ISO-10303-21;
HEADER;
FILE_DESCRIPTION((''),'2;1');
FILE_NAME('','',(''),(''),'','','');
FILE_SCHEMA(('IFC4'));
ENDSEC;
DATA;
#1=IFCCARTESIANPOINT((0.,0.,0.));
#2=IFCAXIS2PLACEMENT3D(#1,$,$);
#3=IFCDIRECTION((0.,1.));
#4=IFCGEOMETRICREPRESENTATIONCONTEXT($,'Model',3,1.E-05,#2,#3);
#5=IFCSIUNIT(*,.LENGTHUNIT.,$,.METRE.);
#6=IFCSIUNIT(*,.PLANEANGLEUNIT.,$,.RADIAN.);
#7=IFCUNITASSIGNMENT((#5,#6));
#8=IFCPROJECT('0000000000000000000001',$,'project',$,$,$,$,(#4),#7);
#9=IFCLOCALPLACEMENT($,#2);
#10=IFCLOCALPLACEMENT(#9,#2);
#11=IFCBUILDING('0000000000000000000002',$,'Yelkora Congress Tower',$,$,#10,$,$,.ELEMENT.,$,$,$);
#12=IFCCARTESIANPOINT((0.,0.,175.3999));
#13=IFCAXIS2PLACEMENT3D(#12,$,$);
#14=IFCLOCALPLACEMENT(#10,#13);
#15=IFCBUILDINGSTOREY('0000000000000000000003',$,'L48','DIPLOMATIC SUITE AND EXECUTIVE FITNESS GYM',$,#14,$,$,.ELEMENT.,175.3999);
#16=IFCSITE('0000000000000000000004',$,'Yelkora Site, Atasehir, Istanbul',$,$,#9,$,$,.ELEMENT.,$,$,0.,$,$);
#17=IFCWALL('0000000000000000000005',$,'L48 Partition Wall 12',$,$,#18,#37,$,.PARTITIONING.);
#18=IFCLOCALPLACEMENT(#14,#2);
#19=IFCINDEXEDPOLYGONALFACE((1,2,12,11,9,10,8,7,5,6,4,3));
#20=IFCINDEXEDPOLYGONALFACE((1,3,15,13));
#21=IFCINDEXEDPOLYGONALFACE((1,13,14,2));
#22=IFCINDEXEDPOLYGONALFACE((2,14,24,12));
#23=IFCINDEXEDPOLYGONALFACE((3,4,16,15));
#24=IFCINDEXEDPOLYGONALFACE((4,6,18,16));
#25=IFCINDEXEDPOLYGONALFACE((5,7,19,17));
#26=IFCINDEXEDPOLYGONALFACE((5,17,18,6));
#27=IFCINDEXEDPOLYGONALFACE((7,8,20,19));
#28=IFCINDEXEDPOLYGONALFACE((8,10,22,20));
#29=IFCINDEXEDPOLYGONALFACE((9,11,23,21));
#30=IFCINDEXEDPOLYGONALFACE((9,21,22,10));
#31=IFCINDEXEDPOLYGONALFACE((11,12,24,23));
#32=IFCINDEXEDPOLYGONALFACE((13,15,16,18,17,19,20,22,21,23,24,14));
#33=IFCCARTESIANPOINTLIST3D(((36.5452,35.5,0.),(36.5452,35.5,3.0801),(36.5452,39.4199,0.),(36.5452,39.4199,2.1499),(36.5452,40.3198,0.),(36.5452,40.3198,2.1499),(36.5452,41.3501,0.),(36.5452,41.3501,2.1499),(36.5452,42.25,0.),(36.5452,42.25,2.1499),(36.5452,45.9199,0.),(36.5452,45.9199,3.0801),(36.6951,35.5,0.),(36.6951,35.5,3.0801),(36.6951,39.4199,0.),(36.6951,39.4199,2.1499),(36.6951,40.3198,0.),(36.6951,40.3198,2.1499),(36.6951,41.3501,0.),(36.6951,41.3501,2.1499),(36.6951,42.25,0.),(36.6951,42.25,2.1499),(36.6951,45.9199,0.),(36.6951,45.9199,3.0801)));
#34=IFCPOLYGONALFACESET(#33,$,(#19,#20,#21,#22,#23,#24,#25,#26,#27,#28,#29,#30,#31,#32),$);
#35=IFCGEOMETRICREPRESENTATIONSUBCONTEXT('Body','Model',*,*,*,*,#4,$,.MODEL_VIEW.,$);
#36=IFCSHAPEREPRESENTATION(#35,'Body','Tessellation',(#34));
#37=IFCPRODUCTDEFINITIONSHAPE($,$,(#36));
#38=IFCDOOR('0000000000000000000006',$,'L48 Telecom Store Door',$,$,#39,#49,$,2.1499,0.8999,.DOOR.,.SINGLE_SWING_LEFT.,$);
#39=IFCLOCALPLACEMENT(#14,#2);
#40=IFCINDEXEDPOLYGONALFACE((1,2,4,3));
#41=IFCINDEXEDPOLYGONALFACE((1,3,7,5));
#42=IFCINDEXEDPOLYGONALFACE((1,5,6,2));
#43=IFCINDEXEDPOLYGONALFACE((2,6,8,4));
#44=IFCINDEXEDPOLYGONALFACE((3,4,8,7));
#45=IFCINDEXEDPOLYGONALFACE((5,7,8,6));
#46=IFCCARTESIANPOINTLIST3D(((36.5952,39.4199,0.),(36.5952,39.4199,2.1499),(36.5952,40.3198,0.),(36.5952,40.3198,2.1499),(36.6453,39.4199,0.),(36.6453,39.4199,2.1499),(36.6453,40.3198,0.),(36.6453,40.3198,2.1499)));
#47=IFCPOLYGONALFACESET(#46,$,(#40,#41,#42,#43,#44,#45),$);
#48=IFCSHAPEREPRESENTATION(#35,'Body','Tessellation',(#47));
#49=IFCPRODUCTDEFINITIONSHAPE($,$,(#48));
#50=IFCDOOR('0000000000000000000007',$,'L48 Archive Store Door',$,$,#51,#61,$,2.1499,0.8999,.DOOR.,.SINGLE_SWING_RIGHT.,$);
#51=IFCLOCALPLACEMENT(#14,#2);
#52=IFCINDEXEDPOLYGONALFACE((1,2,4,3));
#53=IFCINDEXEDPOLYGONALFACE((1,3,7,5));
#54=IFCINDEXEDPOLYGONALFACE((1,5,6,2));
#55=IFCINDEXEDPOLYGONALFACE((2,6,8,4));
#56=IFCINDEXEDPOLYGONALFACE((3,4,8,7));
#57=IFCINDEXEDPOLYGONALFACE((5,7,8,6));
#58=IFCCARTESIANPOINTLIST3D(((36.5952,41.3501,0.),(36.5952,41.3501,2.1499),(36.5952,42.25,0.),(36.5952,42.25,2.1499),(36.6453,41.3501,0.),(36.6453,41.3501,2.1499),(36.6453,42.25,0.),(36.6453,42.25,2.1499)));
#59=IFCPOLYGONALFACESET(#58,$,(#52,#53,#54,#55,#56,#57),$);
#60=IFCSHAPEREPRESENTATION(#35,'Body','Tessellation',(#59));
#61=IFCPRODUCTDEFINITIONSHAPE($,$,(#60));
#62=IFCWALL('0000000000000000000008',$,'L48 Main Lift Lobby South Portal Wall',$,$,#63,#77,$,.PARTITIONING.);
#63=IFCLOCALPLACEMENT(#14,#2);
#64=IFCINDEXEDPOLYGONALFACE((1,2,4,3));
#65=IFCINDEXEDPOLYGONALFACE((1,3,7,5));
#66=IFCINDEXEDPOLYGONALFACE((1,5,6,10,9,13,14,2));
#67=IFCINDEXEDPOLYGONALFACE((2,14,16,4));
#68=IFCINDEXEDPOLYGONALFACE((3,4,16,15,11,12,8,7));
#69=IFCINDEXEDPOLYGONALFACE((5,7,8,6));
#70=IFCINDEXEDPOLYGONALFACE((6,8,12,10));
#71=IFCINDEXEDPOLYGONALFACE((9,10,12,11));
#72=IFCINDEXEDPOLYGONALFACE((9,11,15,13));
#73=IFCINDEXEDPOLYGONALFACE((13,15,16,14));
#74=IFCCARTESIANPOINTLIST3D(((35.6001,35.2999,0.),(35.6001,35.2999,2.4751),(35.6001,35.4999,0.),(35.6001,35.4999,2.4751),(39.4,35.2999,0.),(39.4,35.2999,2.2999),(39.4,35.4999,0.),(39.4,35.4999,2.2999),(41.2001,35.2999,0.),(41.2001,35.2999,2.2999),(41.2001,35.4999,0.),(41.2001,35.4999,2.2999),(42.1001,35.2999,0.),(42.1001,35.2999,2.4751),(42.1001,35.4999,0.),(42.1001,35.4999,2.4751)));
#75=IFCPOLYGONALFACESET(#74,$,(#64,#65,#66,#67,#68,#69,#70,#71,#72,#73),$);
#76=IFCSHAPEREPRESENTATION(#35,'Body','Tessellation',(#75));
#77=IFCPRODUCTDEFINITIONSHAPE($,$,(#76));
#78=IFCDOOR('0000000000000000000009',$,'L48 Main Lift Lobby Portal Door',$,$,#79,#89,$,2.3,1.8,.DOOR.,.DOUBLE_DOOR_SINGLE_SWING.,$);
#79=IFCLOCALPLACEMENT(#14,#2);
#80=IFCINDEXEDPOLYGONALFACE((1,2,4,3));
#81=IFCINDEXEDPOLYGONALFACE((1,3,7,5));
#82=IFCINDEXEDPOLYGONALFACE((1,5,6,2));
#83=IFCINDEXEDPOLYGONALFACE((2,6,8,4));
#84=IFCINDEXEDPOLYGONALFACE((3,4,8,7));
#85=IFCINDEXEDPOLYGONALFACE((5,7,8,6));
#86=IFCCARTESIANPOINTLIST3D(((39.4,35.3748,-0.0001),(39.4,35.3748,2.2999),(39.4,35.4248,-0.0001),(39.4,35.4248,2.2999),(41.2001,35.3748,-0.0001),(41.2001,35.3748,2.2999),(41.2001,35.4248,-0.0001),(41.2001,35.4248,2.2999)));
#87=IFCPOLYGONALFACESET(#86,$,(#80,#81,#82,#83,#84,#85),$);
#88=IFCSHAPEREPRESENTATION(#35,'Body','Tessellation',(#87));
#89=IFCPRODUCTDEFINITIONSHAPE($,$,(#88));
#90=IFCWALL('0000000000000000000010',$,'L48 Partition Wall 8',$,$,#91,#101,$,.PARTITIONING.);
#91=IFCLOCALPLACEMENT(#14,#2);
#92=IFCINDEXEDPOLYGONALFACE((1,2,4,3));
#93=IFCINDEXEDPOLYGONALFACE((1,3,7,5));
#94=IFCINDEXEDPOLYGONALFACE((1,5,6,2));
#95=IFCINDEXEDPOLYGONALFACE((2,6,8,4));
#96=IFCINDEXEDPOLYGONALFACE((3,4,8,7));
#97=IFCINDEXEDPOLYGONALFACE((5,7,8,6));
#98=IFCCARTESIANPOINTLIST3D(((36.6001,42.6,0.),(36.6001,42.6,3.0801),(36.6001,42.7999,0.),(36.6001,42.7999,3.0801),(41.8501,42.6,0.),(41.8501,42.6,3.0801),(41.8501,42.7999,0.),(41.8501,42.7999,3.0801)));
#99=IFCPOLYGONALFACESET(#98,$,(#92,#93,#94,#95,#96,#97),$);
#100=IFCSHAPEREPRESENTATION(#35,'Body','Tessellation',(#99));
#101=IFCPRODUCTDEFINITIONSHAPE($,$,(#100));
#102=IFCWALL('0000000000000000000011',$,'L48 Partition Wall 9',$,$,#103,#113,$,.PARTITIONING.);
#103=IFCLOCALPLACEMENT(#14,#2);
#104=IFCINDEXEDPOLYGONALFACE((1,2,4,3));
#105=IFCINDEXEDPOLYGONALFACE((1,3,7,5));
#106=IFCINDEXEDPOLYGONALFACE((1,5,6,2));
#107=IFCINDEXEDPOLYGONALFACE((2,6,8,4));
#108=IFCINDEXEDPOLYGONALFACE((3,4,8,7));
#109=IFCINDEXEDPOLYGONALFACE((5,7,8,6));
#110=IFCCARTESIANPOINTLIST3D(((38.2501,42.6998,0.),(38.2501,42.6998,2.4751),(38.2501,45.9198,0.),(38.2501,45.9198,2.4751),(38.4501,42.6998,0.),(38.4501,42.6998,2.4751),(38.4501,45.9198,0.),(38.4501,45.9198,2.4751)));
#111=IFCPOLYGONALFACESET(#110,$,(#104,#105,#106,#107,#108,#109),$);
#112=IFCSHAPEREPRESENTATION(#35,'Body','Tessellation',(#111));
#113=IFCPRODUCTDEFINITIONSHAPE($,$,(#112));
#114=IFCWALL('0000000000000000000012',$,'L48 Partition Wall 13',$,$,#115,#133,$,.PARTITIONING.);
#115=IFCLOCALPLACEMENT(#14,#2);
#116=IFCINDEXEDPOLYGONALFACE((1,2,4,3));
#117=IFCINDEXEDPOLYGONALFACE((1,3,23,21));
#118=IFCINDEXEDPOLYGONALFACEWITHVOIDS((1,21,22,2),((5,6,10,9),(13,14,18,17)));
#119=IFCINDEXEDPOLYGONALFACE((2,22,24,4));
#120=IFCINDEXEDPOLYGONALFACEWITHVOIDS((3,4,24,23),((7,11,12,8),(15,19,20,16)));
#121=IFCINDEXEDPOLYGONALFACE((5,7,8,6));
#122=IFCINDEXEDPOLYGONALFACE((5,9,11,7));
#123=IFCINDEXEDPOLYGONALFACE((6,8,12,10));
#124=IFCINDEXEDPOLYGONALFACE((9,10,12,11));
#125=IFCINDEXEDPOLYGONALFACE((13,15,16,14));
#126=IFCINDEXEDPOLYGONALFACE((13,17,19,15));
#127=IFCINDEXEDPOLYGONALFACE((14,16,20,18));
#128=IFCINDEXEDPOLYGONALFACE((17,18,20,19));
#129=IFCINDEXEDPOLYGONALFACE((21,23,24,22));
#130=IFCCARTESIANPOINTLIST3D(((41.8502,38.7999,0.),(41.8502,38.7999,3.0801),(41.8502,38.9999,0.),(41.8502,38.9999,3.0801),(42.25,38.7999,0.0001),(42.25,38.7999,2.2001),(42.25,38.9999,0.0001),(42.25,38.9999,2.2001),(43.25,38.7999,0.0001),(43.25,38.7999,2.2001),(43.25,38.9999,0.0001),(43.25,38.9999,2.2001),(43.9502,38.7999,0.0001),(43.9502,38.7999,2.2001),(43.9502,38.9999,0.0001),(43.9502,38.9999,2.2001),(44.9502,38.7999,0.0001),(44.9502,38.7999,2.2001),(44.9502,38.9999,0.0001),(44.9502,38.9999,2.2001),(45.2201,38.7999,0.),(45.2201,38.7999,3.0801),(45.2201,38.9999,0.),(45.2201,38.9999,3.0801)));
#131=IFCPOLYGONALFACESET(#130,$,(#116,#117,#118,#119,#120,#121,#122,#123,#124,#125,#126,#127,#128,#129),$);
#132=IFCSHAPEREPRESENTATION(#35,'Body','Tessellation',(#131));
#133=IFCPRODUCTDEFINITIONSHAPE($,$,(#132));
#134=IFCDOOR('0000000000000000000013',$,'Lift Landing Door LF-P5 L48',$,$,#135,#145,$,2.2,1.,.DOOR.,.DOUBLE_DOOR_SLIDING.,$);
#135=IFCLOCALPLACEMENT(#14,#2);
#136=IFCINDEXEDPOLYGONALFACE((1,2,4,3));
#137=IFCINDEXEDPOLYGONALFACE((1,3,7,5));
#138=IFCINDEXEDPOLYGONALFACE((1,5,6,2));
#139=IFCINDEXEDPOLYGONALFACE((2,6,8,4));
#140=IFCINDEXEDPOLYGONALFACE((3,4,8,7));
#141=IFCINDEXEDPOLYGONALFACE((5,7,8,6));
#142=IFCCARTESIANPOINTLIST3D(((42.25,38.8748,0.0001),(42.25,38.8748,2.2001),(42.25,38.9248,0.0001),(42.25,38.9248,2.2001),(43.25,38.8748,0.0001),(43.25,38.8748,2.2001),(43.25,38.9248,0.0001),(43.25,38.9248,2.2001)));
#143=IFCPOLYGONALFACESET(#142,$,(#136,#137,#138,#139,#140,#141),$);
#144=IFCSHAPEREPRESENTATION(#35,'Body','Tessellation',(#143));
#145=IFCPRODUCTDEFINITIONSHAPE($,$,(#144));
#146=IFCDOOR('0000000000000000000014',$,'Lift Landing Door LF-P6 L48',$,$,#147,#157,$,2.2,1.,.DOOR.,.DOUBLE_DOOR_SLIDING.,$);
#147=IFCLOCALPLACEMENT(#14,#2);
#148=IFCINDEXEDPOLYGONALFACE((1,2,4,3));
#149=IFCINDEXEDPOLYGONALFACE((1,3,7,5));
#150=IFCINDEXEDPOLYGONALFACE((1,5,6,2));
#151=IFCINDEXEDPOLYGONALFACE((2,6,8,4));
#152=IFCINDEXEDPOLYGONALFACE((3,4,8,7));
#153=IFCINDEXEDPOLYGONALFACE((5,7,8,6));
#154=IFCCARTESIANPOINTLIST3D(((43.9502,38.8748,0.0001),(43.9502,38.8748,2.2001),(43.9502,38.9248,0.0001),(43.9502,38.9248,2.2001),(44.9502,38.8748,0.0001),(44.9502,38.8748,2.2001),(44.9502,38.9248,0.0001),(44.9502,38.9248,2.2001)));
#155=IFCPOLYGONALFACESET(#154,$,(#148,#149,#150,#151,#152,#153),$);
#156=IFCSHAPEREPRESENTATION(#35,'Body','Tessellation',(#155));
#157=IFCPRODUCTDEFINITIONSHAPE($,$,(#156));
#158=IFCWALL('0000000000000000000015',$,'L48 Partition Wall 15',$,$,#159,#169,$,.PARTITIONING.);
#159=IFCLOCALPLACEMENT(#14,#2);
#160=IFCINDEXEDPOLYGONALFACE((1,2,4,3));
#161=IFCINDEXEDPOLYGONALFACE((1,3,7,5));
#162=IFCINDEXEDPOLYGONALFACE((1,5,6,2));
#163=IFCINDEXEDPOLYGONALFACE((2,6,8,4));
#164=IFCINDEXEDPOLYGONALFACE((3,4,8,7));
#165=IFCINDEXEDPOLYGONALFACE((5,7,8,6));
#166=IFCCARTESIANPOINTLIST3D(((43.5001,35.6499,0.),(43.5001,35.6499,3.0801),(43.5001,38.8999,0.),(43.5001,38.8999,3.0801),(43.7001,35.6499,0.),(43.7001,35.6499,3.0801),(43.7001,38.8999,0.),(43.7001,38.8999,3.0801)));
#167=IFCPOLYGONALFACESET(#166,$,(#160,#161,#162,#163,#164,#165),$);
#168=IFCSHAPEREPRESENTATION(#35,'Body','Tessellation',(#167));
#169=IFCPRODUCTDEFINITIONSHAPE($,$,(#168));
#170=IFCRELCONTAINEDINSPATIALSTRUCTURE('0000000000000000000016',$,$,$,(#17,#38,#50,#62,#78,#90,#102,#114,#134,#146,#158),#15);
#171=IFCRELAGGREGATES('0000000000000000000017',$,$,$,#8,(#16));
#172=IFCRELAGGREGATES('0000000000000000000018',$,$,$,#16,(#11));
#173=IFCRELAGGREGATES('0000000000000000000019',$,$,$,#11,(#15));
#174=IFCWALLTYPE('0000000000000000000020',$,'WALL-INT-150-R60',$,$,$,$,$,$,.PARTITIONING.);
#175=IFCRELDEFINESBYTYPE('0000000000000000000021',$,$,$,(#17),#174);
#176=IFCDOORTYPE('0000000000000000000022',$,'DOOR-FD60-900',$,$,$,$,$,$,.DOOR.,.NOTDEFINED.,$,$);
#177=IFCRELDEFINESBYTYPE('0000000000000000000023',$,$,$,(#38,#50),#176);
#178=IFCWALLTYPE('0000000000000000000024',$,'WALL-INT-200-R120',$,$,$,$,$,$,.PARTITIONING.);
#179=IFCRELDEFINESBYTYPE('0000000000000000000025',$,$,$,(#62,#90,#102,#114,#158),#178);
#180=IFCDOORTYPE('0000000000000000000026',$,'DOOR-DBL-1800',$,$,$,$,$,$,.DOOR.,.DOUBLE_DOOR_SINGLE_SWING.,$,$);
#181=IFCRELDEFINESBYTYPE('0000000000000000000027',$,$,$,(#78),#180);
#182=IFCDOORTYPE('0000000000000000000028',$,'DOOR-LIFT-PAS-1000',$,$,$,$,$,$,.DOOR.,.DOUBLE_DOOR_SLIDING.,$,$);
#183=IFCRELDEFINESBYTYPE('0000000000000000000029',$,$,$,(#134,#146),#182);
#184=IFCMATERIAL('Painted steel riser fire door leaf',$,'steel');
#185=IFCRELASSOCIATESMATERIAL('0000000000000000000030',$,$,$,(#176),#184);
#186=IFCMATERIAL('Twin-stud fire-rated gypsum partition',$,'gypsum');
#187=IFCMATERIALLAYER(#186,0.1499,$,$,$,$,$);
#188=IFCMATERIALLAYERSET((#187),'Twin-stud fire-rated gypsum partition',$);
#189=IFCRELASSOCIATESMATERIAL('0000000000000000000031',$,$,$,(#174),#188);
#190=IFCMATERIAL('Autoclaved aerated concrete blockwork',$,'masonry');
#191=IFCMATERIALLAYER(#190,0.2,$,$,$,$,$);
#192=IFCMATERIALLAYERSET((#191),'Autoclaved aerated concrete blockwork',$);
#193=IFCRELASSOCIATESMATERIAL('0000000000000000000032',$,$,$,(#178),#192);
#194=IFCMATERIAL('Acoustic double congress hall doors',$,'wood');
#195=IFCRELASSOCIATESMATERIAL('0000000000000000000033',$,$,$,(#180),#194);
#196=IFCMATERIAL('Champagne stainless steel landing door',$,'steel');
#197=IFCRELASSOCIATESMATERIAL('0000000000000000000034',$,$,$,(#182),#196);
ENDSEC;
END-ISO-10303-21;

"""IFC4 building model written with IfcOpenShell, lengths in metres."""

from ifc_helpers import new_model, si_unit, direction, frame, frame_2d, origin, place, context, subcontext, project, spatial, rectangle, extrude, material, layer, layer_set, type_object, element, fill, save


model = new_model("IFC4")

# Units and contexts
model_context = context("Model", 3, precision=1e-05, world=origin(), true_north=direction((0.0, 1.0)))
body_context = subcontext(model_context, "Body", "Model", "MODEL_VIEW")
ifc_project = project(units=[si_unit("LENGTHUNIT", "METRE"), si_unit("PLANEANGLEUNIT", "RADIAN")], contexts=[model_context])

# Site, building, storey
site_placement = place(None, origin())
site = spatial("IfcSite", under=ifc_project, at=site_placement, Name="Yelkora Site, Atasehir, Istanbul", CompositionType="ELEMENT", RefElevation=0.0)
building_placement = place(site_placement, origin())
building = spatial("IfcBuilding", under=site, at=building_placement, Name="Yelkora Congress Tower", CompositionType="ELEMENT")
storey_placement = place(building_placement, frame((0.0, 0.0, 175.3999)))
storey = spatial("IfcBuildingStorey", under=building, at=storey_placement, Name="L48", Description="DIPLOMATIC SUITE AND EXECUTIVE FITNESS GYM", CompositionType="ELEMENT", Elevation=175.3999)

# Shared definitions
ifc_material_1 = material(Name="Painted steel riser fire door leaf", Category="steel")
door_type_1 = type_object("IfcDoorType", Name="DOOR-FD60-900", OperationType="NOTDEFINED", PredefinedType="DOOR", material=ifc_material_1)

# Shared definitions
ifc_material_2 = material(Name="Twin-stud fire-rated gypsum partition", Category="gypsum")
ifc_layer_1 = layer(ifc_material_2, 0.1499)
ifc_layer_set_1 = layer_set([ifc_layer_1], Name="Twin-stud fire-rated gypsum partition")
wall_type_1 = type_object("IfcWallType", Name="WALL-INT-150-R60", PredefinedType="PARTITIONING", material=ifc_layer_set_1)

# Wall, openings, doors
wall_1_placement = place(storey_placement, frame((36.6201, 35.5, 0.0), z_axis=(0.0, 0.0, 1.0), x_axis=(0.0, 1.0, 0.0)))
wall_1 = element("IfcWall", 1, at=wall_1_placement, inside=storey, type_object=wall_type_1, Name="L48 Partition Wall 12", PredefinedType="PARTITIONING", context=body_context, shape_type="SweptSolid", body=[
    extrude(rectangle(XDim=10.4199, YDim=0.1499, at=frame_2d((5.21, 0.0))), origin(), (0.0, 0.0, 1.0), 3.0801),
])
opening_1_placement = place(wall_1_placement, frame((3.9199, 0.0, 0.0)))
opening_1 = element("IfcOpeningElement", 2, at=opening_1_placement, cuts=wall_1, PredefinedType="OPENING", context=body_context, shape_type="SweptSolid", body=[
    extrude(rectangle(XDim=0.8999, YDim=2.1499, at=frame_2d((0.45, 1.075))), frame((0.0, 0.085, 0.0), z_axis=(0.0, -1.0, 0.0), x_axis=(1.0, 0.0, 0.0)), (0.0, 0.0, 1.0), 0.1699),
])
opening_2_placement = place(wall_1_placement, frame((5.8501, 0.0, 0.0)))
opening_2 = element("IfcOpeningElement", 3, at=opening_2_placement, cuts=wall_1, PredefinedType="OPENING", context=body_context, shape_type="SweptSolid", body=[
    extrude(rectangle(XDim=0.8999, YDim=2.1499, at=frame_2d((0.45, 1.075))), frame((0.0, 0.085, 0.0), z_axis=(0.0, -1.0, 0.0), x_axis=(1.0, 0.0, 0.0)), (0.0, 0.0, 1.0), 0.1699),
])
door_1_placement = place(opening_1_placement, origin())
door_1 = element("IfcDoor", 4, at=door_1_placement, inside=storey, type_object=door_type_1, Name="L48 Telecom Store Door", OperationType="SINGLE_SWING_LEFT", OverallHeight=2.1499, OverallWidth=0.8999, PredefinedType="DOOR", context=body_context, shape_type="SweptSolid", body=[
    extrude(rectangle(XDim=0.8999, YDim=2.1499, at=frame_2d((0.45, 1.075))), frame((0.0, 0.0249, 0.0), z_axis=(0.0, -1.0, 0.0), x_axis=(1.0, 0.0, 0.0)), (0.0, 0.0, 1.0), 0.05),
])
fill(opening_1, door_1)
door_2_placement = place(opening_2_placement, origin())
door_2 = element("IfcDoor", 5, at=door_2_placement, inside=storey, type_object=door_type_1, Name="L48 Archive Store Door", OperationType="SINGLE_SWING_RIGHT", OverallHeight=2.1499, OverallWidth=0.8999, PredefinedType="DOOR", context=body_context, shape_type="SweptSolid", body=[
    extrude(rectangle(XDim=0.8999, YDim=2.1499, at=frame_2d((0.45, 1.075))), frame((0.0, 0.0249, 0.0), z_axis=(0.0, -1.0, 0.0), x_axis=(1.0, 0.0, 0.0)), (0.0, 0.0, 1.0), 0.05),
])
fill(opening_2, door_2)

# Wall, opening, door
ifc_material_3 = material(Name="Autoclaved aerated concrete blockwork", Category="masonry")
ifc_layer_2 = layer(ifc_material_3, 0.2)
ifc_layer_set_2 = layer_set([ifc_layer_2], Name="Autoclaved aerated concrete blockwork")
wall_type_2 = type_object("IfcWallType", Name="WALL-INT-200-R120", PredefinedType="PARTITIONING", material=ifc_layer_set_2)
wall_2_placement = place(storey_placement, frame((35.6001, 35.3999, 0.0), z_axis=(0.0, 0.0, 1.0), x_axis=(1.0, 0.0, 0.0)))
wall_2 = element("IfcWall", 6, at=wall_2_placement, inside=storey, type_object=wall_type_2, Name="L48 Main Lift Lobby South Portal Wall", PredefinedType="PARTITIONING", context=body_context, shape_type="SweptSolid", body=[
    extrude(rectangle(XDim=6.5, YDim=0.2, at=frame_2d((3.25, 0.0))), origin(), (0.0, 0.0, 1.0), 2.4751),
])
opening_3_placement = place(wall_2_placement, frame((3.8, 0.0, 0.0)))
opening_3 = element("IfcOpeningElement", 7, at=opening_3_placement, cuts=wall_2, PredefinedType="OPENING", context=body_context, shape_type="SweptSolid", body=[
    extrude(rectangle(XDim=1.8, YDim=2.3, at=frame_2d((0.8999, 1.1499))), frame((0.0, 0.1099, 0.0), z_axis=(0.0, -1.0, 0.0), x_axis=(1.0, 0.0, 0.0)), (0.0, 0.0, 1.0), 0.22),
])
ifc_material_4 = material(Name="Acoustic double congress hall doors", Category="wood")
door_type_2 = type_object("IfcDoorType", Name="DOOR-DBL-1800", OperationType="DOUBLE_DOOR_SINGLE_SWING", PredefinedType="DOOR", material=ifc_material_4)
door_3_placement = place(opening_3_placement, origin())
door_3 = element("IfcDoor", 8, at=door_3_placement, inside=storey, type_object=door_type_2, Name="L48 Main Lift Lobby Portal Door", OperationType="DOUBLE_DOOR_SINGLE_SWING", OverallHeight=2.3, OverallWidth=1.8, PredefinedType="DOOR", context=body_context, shape_type="SweptSolid", body=[
    extrude(rectangle(XDim=1.8, YDim=2.3, at=frame_2d((0.8999, 1.1499))), frame((0.0, 0.0249, 0.0), z_axis=(0.0, -1.0, 0.0), x_axis=(1.0, 0.0, 0.0)), (0.0, 0.0, 1.0), 0.05),
])
fill(opening_3, door_3)

# Walls
wall_3_placement = place(storey_placement, frame((36.6001, 42.7, 0.0), z_axis=(0.0, 0.0, 1.0), x_axis=(1.0, 0.0, 0.0)))
element("IfcWall", 9, at=wall_3_placement, inside=storey, type_object=wall_type_2, Name="L48 Partition Wall 8", PredefinedType="PARTITIONING", context=body_context, shape_type="SweptSolid", body=[
    extrude(rectangle(XDim=5.25, YDim=0.2, at=frame_2d((2.625, 0.0))), origin(), (0.0, 0.0, 1.0), 3.0801),
])
wall_4_placement = place(storey_placement, frame((38.3501, 42.7, 0.0), z_axis=(0.0, 0.0, 1.0), x_axis=(0.0, 1.0, 0.0)))
element("IfcWall", 10, at=wall_4_placement, inside=storey, type_object=wall_type_2, Name="L48 Partition Wall 9", PredefinedType="PARTITIONING", context=body_context, shape_type="SweptSolid", body=[
    extrude(rectangle(XDim=3.22, YDim=0.2, at=frame_2d((1.6099, 0.0))), origin(), (0.0, 0.0, 1.0), 2.4751),
])

# Wall, openings, doors
wall_5_placement = place(storey_placement, frame((41.8501, 38.8999, 0.0), z_axis=(0.0, 0.0, 1.0), x_axis=(1.0, 0.0, 0.0)))
wall_5 = element("IfcWall", 11, at=wall_5_placement, inside=storey, type_object=wall_type_2, Name="L48 Partition Wall 13", PredefinedType="PARTITIONING", context=body_context, shape_type="SweptSolid", body=[
    extrude(rectangle(XDim=3.3699, YDim=0.2, at=frame_2d((1.6851, 0.0))), origin(), (0.0, 0.0, 1.0), 3.0801),
])
opening_4_placement = place(wall_5_placement, frame((0.3999, 0.0, 0.0)))
opening_4 = element("IfcOpeningElement", 12, at=opening_4_placement, cuts=wall_5, PredefinedType="OPENING", context=body_context, shape_type="SweptSolid", body=[
    extrude(rectangle(XDim=1.0, YDim=2.2, at=frame_2d((0.5, 1.1001))), frame((0.0, 0.1099, 0.0), z_axis=(0.0, -1.0, 0.0), x_axis=(1.0, 0.0, 0.0)), (0.0, 0.0, 1.0), 0.22),
])
opening_5_placement = place(wall_5_placement, frame((2.1001, 0.0, 0.0)))
opening_5 = element("IfcOpeningElement", 13, at=opening_5_placement, cuts=wall_5, PredefinedType="OPENING", context=body_context, shape_type="SweptSolid", body=[
    extrude(rectangle(XDim=1.0, YDim=2.2, at=frame_2d((0.5, 1.1001))), frame((0.0, 0.1099, 0.0), z_axis=(0.0, -1.0, 0.0), x_axis=(1.0, 0.0, 0.0)), (0.0, 0.0, 1.0), 0.22),
])
ifc_material_5 = material(Name="Champagne stainless steel landing door", Category="steel")
door_type_3 = type_object("IfcDoorType", Name="DOOR-LIFT-PAS-1000", OperationType="DOUBLE_DOOR_SLIDING", PredefinedType="DOOR", material=ifc_material_5)
door_4_placement = place(opening_4_placement, origin())
door_4 = element("IfcDoor", 14, at=door_4_placement, inside=storey, type_object=door_type_3, Name="Lift Landing Door LF-P5 L48", OperationType="DOUBLE_DOOR_SLIDING", OverallHeight=2.2, OverallWidth=1.0, PredefinedType="DOOR", context=body_context, shape_type="SweptSolid", body=[
    extrude(rectangle(XDim=1.0, YDim=2.2, at=frame_2d((0.5, 1.1001))), frame((0.0, 0.0249, 0.0), z_axis=(0.0, -1.0, 0.0), x_axis=(1.0, 0.0, 0.0)), (0.0, 0.0, 1.0), 0.05),
])
fill(opening_4, door_4)
door_5_placement = place(opening_5_placement, origin())
door_5 = element("IfcDoor", 15, at=door_5_placement, inside=storey, type_object=door_type_3, Name="Lift Landing Door LF-P6 L48", OperationType="DOUBLE_DOOR_SLIDING", OverallHeight=2.2, OverallWidth=1.0, PredefinedType="DOOR", context=body_context, shape_type="SweptSolid", body=[
    extrude(rectangle(XDim=1.0, YDim=2.2, at=frame_2d((0.5, 1.1001))), frame((0.0, 0.0249, 0.0), z_axis=(0.0, -1.0, 0.0), x_axis=(1.0, 0.0, 0.0)), (0.0, 0.0, 1.0), 0.05),
])
fill(opening_5, door_5)

# Wall
wall_6_placement = place(storey_placement, frame((43.6001, 35.6499, 0.0), z_axis=(0.0, 0.0, 1.0), x_axis=(0.0, 1.0, 0.0)))
element("IfcWall", 16, at=wall_6_placement, inside=storey, type_object=wall_type_2, Name="L48 Partition Wall 15", PredefinedType="PARTITIONING", context=body_context, shape_type="SweptSolid", body=[
    extrude(rectangle(XDim=3.25, YDim=0.2, at=frame_2d((1.625, 0.0))), origin(), (0.0, 0.0, 1.0), 3.0801),
])

save(model, "model.ifc")
